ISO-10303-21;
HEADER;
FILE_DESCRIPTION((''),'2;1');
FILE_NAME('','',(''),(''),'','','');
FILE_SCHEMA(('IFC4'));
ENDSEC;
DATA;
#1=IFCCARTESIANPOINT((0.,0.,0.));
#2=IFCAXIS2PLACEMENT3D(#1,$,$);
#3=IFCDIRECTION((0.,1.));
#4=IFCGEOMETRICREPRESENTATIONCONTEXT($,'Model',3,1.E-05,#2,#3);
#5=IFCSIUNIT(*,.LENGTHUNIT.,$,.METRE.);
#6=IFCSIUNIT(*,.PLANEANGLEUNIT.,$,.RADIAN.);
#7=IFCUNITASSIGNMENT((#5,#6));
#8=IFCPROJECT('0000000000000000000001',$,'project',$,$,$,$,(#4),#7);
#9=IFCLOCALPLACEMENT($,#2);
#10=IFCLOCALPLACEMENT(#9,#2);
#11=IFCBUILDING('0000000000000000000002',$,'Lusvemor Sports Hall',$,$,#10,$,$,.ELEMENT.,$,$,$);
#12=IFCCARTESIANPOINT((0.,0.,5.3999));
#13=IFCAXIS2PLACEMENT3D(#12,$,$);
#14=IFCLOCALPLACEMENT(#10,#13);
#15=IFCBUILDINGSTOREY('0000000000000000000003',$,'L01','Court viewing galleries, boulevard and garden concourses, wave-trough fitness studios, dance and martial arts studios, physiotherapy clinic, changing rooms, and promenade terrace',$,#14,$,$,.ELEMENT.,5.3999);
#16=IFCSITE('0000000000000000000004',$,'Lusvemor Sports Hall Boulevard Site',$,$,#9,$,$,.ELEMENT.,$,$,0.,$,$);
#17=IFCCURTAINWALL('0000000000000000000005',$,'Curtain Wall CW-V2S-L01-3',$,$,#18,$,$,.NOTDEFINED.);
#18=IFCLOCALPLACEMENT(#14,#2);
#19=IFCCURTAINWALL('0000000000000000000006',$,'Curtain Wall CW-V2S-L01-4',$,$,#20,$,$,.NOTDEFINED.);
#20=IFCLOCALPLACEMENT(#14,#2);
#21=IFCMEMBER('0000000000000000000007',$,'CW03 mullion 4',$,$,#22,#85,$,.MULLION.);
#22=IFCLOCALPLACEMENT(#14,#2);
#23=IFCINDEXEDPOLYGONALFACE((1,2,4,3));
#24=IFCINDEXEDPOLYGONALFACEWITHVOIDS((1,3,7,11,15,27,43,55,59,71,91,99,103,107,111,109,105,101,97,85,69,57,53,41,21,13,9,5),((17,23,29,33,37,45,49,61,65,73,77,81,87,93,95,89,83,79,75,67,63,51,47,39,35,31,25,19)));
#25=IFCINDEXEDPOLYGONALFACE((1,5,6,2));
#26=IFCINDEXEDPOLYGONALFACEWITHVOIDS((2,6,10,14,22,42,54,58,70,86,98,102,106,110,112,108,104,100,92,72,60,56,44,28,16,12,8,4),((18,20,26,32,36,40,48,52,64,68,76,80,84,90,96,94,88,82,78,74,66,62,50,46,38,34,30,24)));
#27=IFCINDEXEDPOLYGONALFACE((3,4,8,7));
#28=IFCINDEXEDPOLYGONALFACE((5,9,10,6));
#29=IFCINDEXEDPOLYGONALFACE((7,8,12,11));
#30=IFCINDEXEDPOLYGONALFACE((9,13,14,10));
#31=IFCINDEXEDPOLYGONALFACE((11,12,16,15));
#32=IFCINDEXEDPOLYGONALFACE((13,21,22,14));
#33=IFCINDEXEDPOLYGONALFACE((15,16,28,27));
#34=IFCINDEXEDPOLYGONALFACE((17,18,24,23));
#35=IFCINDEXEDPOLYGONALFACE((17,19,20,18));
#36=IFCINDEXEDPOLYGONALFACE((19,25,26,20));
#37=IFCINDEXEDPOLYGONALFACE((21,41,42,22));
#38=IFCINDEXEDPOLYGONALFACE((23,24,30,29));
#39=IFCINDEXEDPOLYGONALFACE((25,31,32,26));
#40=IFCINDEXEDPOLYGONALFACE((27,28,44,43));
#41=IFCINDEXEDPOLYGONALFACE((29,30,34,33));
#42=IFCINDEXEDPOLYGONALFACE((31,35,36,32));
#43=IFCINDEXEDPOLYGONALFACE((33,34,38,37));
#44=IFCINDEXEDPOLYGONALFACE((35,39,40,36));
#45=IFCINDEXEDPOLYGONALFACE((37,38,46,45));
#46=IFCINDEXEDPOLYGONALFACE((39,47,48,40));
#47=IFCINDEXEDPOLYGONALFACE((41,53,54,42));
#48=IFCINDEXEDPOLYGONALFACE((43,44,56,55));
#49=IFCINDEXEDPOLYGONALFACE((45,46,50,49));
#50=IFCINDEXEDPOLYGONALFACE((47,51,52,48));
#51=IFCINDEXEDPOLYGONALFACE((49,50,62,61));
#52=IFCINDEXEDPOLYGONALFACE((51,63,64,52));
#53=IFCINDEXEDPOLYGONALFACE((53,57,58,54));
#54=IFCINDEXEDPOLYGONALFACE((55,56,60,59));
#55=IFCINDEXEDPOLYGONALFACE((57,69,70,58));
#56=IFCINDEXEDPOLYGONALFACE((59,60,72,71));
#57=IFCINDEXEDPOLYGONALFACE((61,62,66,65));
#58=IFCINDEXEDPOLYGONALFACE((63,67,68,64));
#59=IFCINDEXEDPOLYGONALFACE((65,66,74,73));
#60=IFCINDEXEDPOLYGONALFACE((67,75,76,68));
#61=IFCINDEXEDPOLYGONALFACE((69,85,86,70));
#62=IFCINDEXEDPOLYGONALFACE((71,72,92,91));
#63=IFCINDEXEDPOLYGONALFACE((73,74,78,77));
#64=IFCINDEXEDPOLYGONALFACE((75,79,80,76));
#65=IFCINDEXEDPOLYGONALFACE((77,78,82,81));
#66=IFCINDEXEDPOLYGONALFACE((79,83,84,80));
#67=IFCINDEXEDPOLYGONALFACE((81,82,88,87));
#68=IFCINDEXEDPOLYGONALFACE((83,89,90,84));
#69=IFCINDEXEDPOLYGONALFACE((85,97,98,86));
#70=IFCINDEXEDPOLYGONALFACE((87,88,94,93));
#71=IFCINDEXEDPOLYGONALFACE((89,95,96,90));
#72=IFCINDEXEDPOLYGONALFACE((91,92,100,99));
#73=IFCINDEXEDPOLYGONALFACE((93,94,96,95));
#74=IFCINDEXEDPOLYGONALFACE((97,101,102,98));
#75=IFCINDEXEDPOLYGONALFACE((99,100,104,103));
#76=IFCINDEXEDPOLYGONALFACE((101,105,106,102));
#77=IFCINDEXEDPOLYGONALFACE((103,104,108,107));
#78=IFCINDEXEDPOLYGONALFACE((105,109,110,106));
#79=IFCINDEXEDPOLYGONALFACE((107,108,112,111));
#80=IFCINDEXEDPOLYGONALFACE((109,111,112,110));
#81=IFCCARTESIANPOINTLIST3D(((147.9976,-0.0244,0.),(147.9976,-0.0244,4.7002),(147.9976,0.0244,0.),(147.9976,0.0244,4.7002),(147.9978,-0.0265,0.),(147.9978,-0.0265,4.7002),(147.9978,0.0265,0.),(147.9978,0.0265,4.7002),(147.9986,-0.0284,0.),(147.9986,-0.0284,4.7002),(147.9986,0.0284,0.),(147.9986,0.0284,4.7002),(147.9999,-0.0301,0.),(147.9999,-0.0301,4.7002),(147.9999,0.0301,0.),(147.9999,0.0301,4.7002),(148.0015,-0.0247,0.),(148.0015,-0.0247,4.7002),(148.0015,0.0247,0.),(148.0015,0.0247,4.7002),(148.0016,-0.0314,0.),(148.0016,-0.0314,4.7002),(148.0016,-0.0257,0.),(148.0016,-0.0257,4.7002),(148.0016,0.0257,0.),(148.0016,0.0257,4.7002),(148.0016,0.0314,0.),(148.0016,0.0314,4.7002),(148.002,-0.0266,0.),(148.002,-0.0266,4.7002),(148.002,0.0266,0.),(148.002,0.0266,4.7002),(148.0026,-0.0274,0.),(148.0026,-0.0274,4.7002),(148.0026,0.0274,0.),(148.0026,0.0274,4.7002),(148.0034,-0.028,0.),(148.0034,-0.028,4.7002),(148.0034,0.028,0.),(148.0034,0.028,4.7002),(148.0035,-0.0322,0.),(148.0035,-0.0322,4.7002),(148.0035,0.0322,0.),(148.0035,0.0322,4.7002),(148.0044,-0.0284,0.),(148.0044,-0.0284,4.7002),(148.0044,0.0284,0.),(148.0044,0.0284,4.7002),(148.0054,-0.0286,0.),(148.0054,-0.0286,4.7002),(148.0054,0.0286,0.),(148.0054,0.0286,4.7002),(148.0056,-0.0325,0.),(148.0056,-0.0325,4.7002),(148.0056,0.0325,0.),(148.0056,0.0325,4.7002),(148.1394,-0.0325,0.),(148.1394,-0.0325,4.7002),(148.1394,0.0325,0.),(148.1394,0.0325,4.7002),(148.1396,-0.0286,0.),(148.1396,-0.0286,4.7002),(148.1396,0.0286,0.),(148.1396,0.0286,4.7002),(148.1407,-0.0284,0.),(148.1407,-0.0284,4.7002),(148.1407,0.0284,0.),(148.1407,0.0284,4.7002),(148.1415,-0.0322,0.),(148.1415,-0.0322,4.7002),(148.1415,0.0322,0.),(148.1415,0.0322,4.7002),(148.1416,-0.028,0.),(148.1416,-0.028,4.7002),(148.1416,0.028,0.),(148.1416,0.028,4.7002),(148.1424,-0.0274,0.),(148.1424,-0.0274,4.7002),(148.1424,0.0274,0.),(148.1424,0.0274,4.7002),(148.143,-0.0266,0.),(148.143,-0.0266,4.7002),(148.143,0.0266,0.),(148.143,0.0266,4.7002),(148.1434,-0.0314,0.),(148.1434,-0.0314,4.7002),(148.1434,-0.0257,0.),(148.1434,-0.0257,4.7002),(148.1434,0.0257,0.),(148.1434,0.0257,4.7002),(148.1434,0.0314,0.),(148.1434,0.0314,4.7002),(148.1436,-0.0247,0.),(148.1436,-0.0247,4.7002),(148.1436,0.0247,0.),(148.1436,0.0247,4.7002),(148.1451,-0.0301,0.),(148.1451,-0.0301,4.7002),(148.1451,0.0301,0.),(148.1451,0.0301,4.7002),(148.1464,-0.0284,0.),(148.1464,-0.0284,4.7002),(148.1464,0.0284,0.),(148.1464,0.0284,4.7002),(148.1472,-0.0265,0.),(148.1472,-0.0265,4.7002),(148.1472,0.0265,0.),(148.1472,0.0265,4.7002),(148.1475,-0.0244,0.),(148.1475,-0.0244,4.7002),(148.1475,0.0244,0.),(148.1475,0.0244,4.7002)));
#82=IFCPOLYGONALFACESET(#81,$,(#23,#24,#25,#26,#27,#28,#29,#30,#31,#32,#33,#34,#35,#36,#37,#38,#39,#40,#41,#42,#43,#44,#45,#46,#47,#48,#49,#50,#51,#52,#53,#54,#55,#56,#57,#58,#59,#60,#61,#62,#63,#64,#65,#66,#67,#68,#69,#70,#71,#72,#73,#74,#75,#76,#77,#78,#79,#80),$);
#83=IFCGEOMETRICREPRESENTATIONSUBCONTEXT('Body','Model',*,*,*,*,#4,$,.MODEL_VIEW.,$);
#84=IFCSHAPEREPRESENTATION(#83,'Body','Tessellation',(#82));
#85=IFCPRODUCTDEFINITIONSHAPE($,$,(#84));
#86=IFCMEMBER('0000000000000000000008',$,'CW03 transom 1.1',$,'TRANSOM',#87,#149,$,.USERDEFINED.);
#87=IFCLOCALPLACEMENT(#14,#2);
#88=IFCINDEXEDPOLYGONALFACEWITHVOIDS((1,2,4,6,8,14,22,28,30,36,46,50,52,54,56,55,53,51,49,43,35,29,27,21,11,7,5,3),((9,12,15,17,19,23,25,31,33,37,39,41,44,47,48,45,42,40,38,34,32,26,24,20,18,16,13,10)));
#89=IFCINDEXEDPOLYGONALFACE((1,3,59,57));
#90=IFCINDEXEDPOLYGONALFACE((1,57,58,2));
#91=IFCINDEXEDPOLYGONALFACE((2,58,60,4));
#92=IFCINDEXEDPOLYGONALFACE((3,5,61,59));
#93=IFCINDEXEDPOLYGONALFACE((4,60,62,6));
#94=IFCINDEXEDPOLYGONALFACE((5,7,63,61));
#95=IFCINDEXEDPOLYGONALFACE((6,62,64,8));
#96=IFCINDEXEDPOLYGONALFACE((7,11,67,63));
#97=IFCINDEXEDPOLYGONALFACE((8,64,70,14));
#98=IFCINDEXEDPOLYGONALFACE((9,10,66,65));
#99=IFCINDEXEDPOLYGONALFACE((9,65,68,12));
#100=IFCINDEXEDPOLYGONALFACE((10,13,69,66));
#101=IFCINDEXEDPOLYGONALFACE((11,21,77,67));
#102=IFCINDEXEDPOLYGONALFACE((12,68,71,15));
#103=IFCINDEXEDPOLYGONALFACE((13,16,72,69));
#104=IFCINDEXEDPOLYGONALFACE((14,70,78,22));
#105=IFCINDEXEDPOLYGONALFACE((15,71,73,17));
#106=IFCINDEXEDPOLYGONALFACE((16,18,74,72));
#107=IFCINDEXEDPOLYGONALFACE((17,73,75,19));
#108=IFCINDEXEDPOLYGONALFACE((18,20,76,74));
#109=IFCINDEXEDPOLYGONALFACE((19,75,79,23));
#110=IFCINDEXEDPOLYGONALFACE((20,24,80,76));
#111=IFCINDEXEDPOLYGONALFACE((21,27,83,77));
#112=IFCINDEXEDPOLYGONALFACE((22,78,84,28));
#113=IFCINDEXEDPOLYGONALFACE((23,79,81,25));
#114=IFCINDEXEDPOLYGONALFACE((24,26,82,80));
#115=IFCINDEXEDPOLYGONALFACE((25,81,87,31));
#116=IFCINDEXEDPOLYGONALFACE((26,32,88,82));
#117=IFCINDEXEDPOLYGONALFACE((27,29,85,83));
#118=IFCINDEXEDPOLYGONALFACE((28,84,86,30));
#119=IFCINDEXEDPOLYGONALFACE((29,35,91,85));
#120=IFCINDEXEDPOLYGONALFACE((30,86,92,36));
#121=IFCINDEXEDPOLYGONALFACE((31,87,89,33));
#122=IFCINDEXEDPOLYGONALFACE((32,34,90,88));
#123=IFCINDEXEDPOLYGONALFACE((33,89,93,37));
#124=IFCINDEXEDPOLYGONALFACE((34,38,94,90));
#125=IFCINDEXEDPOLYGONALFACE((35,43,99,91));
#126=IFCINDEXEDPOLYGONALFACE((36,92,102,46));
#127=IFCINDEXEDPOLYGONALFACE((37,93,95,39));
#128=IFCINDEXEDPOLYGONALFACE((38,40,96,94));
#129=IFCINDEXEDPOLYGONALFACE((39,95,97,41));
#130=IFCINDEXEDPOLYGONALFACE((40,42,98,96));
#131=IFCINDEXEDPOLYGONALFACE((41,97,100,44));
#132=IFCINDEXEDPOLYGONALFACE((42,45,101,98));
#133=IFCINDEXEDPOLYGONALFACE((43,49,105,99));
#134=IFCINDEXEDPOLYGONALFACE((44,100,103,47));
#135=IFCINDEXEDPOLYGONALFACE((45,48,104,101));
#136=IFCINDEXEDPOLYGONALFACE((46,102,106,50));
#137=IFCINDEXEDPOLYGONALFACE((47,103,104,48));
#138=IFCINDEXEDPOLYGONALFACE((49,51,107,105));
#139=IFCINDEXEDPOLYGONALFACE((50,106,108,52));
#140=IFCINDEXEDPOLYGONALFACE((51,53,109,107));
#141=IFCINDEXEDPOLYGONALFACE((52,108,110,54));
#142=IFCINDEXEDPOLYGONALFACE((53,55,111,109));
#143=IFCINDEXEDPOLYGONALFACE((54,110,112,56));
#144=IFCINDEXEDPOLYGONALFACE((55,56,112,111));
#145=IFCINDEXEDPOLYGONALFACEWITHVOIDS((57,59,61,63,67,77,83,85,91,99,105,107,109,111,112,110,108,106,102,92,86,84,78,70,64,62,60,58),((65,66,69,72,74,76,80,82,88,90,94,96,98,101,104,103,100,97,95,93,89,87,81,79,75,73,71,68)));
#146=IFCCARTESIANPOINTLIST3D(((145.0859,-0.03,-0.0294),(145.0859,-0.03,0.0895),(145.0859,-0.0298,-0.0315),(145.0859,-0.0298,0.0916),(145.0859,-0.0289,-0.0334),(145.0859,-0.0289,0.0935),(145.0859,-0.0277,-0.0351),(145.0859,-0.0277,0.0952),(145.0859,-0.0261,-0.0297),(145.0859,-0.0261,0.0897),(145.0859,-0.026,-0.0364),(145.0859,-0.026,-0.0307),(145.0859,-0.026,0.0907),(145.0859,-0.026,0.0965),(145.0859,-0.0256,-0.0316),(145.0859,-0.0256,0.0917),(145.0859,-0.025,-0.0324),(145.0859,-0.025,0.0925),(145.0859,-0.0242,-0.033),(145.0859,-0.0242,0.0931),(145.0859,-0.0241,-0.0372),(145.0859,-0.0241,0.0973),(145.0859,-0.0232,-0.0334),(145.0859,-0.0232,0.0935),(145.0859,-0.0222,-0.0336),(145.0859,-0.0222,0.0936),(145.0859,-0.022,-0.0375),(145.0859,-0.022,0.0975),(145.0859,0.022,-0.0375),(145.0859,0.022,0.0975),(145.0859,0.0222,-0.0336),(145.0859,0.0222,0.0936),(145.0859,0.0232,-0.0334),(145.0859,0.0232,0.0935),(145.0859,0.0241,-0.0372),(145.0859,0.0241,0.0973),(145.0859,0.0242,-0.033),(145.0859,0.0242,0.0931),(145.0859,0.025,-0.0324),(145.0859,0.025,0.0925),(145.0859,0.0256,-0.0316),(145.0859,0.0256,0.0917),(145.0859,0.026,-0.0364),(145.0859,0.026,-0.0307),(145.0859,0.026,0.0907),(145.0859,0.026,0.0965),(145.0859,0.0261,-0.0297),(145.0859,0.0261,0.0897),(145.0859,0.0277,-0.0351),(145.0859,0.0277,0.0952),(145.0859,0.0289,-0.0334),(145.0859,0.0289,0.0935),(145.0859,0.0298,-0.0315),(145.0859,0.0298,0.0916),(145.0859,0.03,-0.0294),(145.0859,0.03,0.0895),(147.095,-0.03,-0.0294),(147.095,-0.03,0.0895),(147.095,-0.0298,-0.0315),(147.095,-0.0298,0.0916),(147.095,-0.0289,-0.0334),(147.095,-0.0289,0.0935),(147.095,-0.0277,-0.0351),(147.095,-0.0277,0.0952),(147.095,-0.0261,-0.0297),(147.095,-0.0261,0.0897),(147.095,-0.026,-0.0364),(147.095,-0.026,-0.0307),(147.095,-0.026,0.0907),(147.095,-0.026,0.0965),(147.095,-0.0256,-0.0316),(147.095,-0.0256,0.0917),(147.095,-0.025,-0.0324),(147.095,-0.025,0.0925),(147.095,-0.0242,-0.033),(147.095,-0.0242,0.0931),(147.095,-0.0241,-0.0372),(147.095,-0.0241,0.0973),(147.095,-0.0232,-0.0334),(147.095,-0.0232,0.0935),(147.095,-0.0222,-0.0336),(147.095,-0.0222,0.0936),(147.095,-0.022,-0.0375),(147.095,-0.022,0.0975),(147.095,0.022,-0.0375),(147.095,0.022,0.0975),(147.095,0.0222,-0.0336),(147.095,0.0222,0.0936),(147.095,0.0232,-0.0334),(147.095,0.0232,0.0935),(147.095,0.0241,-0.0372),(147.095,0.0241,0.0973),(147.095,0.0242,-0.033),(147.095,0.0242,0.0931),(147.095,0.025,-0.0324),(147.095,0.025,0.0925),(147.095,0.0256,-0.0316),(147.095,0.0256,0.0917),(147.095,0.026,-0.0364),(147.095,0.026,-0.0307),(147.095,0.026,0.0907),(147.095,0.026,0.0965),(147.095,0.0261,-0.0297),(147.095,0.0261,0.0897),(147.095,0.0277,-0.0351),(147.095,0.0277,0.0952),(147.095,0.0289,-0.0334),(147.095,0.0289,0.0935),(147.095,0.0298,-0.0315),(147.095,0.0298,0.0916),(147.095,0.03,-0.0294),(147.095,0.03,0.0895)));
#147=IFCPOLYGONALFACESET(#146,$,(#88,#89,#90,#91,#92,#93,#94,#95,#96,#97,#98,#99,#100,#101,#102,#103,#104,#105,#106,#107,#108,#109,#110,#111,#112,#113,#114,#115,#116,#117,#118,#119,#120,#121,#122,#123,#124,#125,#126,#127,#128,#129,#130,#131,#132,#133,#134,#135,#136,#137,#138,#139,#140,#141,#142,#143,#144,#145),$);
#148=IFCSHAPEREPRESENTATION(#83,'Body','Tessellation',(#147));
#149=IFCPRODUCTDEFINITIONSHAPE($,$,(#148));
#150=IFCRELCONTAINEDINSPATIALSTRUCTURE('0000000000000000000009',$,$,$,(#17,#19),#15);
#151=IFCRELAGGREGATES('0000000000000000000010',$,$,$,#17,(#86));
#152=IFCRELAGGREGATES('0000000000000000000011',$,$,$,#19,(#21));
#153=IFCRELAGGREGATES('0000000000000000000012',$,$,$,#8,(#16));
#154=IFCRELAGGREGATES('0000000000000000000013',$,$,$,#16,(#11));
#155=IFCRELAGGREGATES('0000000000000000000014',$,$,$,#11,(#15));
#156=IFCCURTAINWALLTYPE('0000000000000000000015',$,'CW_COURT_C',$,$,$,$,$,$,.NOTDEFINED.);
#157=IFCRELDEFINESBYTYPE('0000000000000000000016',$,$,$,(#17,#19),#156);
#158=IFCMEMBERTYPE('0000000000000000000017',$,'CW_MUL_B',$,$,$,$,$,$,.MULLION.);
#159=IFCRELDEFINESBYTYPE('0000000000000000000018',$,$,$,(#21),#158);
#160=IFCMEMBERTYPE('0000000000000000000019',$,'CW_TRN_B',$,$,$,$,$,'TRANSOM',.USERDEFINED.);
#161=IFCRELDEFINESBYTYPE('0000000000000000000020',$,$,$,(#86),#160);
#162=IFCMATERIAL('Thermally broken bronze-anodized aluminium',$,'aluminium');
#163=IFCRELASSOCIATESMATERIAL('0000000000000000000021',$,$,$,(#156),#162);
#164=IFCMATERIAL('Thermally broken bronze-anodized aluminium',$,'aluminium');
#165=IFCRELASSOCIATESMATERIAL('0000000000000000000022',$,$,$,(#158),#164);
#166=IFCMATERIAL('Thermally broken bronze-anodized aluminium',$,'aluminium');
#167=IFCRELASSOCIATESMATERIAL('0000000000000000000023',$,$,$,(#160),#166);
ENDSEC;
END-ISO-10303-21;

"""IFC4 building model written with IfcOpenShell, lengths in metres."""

from ifc_helpers import new_model, si_unit, direction, frame, origin, origin_2d, place, context, subcontext, project, spatial, hollow_rectangle, extrude, material, material_profile, profile_set, type_object, element, aggregate, save


model = new_model("IFC4")

# Units and contexts
model_context = context("Model", 3, precision=1e-05, world=origin(), true_north=direction((0.0, 1.0)))
body_context = subcontext(model_context, "Body", "Model", "MODEL_VIEW")
ifc_project = project(units=[si_unit("LENGTHUNIT", "METRE"), si_unit("PLANEANGLEUNIT", "RADIAN")], contexts=[model_context])

# Site, building, storey
site_placement = place(None, origin())
site = spatial("IfcSite", under=ifc_project, at=site_placement, Name="Lusvemor Sports Hall Boulevard Site", CompositionType="ELEMENT", RefElevation=0.0)
building_placement = place(site_placement, origin())
building = spatial("IfcBuilding", under=site, at=building_placement, Name="Lusvemor Sports Hall", CompositionType="ELEMENT")
storey_placement = place(building_placement, frame((0.0, 0.0, 5.3999)))
storey = spatial("IfcBuildingStorey", under=building, at=storey_placement, Name="L01", Description="Court viewing galleries, boulevard and garden concourses, wave-trough fitness studios, dance and martial arts studios, physiotherapy clinic, changing rooms, and promenade terrace", CompositionType="ELEMENT", Elevation=5.3999)

# Curtain wall
ifc_material_1 = material(Name="Thermally broken bronze-anodized aluminium", Category="aluminium")
curtain_wall_type = type_object("IfcCurtainWallType", Name="CW_COURT_C", PredefinedType="NOTDEFINED", material=ifc_material_1)
curtain_wall_1_placement = place(storey_placement, origin())
curtain_wall_1 = element("IfcCurtainWall", 1, at=curtain_wall_1_placement, inside=storey, type_object=curtain_wall_type, Name="Curtain Wall CW-V2S-L01-3", PredefinedType="NOTDEFINED")
ifc_material_2 = material(Name="Thermally broken bronze-anodized aluminium", Category="aluminium")
ifc_material_profile_1 = material_profile(ifc_material_2, hollow_rectangle(XDim=0.0649, YDim=0.1499, WallThickness=0.0039, InnerFilletRadius=0.0039, OuterFilletRadius=0.0081, at=origin_2d()), Name="CWMUL150x65x4")
ifc_profile_set_1 = profile_set([ifc_material_profile_1], Name="Thermally broken bronze-anodized aluminium")
member_type_1 = type_object("IfcMemberType", Name="CW_MUL_B", PredefinedType="MULLION", material=ifc_profile_set_1)

# Curtain wall, member
curtain_wall_2_placement = place(storey_placement, origin())
curtain_wall_2 = element("IfcCurtainWall", 2, at=curtain_wall_2_placement, inside=storey, type_object=curtain_wall_type, Name="Curtain Wall CW-V2S-L01-4", PredefinedType="NOTDEFINED")
member_1_placement = place(storey_placement, frame((148.0725, 0.0, 0.0), z_axis=(0.0, 0.0, 1.0), x_axis=(0.0, -1.0, 0.0)))
member_1 = element("IfcMember", 3, at=member_1_placement, type_object=member_type_1, Name="CW03 mullion 4", PredefinedType="MULLION", context=body_context, shape_type="SweptSolid", body=[
    extrude(hollow_rectangle(XDim=0.0649, YDim=0.1499, WallThickness=0.0039, InnerFilletRadius=0.0039, OuterFilletRadius=0.0081, at=origin_2d()), origin(), (0.0, 0.0, 1.0), 4.7002),
])

# Member
ifc_material_3 = material(Name="Thermally broken bronze-anodized aluminium", Category="aluminium")
ifc_material_profile_2 = material_profile(ifc_material_3, hollow_rectangle(XDim=0.0601, YDim=0.135, WallThickness=0.0039, InnerFilletRadius=0.0039, OuterFilletRadius=0.0081, at=origin_2d()), Name="CWTRN135x60x4")
ifc_profile_set_2 = profile_set([ifc_material_profile_2], Name="Thermally broken bronze-anodized aluminium")
member_type_2 = type_object("IfcMemberType", Name="CW_TRN_B", ElementType="TRANSOM", PredefinedType="USERDEFINED", material=ifc_profile_set_2)
member_2_placement = place(storey_placement, frame((147.095, 0.0, 0.03), z_axis=(-1.0, 0.0, 0.0), x_axis=(0.0, -1.0, 0.0)))
member_2 = element("IfcMember", 4, at=member_2_placement, type_object=member_type_2, Name="CW03 transom 1.1", ObjectType="TRANSOM", PredefinedType="USERDEFINED", context=body_context, shape_type="SweptSolid", body=[
    extrude(hollow_rectangle(XDim=0.0601, YDim=0.135, WallThickness=0.0039, InnerFilletRadius=0.0039, OuterFilletRadius=0.0081, at=origin_2d()), origin(), (0.0, 0.0, 1.0), 2.009),
])

aggregate(curtain_wall_1, [member_2])
aggregate(curtain_wall_2, [member_1])

save(model, "model.ifc")
